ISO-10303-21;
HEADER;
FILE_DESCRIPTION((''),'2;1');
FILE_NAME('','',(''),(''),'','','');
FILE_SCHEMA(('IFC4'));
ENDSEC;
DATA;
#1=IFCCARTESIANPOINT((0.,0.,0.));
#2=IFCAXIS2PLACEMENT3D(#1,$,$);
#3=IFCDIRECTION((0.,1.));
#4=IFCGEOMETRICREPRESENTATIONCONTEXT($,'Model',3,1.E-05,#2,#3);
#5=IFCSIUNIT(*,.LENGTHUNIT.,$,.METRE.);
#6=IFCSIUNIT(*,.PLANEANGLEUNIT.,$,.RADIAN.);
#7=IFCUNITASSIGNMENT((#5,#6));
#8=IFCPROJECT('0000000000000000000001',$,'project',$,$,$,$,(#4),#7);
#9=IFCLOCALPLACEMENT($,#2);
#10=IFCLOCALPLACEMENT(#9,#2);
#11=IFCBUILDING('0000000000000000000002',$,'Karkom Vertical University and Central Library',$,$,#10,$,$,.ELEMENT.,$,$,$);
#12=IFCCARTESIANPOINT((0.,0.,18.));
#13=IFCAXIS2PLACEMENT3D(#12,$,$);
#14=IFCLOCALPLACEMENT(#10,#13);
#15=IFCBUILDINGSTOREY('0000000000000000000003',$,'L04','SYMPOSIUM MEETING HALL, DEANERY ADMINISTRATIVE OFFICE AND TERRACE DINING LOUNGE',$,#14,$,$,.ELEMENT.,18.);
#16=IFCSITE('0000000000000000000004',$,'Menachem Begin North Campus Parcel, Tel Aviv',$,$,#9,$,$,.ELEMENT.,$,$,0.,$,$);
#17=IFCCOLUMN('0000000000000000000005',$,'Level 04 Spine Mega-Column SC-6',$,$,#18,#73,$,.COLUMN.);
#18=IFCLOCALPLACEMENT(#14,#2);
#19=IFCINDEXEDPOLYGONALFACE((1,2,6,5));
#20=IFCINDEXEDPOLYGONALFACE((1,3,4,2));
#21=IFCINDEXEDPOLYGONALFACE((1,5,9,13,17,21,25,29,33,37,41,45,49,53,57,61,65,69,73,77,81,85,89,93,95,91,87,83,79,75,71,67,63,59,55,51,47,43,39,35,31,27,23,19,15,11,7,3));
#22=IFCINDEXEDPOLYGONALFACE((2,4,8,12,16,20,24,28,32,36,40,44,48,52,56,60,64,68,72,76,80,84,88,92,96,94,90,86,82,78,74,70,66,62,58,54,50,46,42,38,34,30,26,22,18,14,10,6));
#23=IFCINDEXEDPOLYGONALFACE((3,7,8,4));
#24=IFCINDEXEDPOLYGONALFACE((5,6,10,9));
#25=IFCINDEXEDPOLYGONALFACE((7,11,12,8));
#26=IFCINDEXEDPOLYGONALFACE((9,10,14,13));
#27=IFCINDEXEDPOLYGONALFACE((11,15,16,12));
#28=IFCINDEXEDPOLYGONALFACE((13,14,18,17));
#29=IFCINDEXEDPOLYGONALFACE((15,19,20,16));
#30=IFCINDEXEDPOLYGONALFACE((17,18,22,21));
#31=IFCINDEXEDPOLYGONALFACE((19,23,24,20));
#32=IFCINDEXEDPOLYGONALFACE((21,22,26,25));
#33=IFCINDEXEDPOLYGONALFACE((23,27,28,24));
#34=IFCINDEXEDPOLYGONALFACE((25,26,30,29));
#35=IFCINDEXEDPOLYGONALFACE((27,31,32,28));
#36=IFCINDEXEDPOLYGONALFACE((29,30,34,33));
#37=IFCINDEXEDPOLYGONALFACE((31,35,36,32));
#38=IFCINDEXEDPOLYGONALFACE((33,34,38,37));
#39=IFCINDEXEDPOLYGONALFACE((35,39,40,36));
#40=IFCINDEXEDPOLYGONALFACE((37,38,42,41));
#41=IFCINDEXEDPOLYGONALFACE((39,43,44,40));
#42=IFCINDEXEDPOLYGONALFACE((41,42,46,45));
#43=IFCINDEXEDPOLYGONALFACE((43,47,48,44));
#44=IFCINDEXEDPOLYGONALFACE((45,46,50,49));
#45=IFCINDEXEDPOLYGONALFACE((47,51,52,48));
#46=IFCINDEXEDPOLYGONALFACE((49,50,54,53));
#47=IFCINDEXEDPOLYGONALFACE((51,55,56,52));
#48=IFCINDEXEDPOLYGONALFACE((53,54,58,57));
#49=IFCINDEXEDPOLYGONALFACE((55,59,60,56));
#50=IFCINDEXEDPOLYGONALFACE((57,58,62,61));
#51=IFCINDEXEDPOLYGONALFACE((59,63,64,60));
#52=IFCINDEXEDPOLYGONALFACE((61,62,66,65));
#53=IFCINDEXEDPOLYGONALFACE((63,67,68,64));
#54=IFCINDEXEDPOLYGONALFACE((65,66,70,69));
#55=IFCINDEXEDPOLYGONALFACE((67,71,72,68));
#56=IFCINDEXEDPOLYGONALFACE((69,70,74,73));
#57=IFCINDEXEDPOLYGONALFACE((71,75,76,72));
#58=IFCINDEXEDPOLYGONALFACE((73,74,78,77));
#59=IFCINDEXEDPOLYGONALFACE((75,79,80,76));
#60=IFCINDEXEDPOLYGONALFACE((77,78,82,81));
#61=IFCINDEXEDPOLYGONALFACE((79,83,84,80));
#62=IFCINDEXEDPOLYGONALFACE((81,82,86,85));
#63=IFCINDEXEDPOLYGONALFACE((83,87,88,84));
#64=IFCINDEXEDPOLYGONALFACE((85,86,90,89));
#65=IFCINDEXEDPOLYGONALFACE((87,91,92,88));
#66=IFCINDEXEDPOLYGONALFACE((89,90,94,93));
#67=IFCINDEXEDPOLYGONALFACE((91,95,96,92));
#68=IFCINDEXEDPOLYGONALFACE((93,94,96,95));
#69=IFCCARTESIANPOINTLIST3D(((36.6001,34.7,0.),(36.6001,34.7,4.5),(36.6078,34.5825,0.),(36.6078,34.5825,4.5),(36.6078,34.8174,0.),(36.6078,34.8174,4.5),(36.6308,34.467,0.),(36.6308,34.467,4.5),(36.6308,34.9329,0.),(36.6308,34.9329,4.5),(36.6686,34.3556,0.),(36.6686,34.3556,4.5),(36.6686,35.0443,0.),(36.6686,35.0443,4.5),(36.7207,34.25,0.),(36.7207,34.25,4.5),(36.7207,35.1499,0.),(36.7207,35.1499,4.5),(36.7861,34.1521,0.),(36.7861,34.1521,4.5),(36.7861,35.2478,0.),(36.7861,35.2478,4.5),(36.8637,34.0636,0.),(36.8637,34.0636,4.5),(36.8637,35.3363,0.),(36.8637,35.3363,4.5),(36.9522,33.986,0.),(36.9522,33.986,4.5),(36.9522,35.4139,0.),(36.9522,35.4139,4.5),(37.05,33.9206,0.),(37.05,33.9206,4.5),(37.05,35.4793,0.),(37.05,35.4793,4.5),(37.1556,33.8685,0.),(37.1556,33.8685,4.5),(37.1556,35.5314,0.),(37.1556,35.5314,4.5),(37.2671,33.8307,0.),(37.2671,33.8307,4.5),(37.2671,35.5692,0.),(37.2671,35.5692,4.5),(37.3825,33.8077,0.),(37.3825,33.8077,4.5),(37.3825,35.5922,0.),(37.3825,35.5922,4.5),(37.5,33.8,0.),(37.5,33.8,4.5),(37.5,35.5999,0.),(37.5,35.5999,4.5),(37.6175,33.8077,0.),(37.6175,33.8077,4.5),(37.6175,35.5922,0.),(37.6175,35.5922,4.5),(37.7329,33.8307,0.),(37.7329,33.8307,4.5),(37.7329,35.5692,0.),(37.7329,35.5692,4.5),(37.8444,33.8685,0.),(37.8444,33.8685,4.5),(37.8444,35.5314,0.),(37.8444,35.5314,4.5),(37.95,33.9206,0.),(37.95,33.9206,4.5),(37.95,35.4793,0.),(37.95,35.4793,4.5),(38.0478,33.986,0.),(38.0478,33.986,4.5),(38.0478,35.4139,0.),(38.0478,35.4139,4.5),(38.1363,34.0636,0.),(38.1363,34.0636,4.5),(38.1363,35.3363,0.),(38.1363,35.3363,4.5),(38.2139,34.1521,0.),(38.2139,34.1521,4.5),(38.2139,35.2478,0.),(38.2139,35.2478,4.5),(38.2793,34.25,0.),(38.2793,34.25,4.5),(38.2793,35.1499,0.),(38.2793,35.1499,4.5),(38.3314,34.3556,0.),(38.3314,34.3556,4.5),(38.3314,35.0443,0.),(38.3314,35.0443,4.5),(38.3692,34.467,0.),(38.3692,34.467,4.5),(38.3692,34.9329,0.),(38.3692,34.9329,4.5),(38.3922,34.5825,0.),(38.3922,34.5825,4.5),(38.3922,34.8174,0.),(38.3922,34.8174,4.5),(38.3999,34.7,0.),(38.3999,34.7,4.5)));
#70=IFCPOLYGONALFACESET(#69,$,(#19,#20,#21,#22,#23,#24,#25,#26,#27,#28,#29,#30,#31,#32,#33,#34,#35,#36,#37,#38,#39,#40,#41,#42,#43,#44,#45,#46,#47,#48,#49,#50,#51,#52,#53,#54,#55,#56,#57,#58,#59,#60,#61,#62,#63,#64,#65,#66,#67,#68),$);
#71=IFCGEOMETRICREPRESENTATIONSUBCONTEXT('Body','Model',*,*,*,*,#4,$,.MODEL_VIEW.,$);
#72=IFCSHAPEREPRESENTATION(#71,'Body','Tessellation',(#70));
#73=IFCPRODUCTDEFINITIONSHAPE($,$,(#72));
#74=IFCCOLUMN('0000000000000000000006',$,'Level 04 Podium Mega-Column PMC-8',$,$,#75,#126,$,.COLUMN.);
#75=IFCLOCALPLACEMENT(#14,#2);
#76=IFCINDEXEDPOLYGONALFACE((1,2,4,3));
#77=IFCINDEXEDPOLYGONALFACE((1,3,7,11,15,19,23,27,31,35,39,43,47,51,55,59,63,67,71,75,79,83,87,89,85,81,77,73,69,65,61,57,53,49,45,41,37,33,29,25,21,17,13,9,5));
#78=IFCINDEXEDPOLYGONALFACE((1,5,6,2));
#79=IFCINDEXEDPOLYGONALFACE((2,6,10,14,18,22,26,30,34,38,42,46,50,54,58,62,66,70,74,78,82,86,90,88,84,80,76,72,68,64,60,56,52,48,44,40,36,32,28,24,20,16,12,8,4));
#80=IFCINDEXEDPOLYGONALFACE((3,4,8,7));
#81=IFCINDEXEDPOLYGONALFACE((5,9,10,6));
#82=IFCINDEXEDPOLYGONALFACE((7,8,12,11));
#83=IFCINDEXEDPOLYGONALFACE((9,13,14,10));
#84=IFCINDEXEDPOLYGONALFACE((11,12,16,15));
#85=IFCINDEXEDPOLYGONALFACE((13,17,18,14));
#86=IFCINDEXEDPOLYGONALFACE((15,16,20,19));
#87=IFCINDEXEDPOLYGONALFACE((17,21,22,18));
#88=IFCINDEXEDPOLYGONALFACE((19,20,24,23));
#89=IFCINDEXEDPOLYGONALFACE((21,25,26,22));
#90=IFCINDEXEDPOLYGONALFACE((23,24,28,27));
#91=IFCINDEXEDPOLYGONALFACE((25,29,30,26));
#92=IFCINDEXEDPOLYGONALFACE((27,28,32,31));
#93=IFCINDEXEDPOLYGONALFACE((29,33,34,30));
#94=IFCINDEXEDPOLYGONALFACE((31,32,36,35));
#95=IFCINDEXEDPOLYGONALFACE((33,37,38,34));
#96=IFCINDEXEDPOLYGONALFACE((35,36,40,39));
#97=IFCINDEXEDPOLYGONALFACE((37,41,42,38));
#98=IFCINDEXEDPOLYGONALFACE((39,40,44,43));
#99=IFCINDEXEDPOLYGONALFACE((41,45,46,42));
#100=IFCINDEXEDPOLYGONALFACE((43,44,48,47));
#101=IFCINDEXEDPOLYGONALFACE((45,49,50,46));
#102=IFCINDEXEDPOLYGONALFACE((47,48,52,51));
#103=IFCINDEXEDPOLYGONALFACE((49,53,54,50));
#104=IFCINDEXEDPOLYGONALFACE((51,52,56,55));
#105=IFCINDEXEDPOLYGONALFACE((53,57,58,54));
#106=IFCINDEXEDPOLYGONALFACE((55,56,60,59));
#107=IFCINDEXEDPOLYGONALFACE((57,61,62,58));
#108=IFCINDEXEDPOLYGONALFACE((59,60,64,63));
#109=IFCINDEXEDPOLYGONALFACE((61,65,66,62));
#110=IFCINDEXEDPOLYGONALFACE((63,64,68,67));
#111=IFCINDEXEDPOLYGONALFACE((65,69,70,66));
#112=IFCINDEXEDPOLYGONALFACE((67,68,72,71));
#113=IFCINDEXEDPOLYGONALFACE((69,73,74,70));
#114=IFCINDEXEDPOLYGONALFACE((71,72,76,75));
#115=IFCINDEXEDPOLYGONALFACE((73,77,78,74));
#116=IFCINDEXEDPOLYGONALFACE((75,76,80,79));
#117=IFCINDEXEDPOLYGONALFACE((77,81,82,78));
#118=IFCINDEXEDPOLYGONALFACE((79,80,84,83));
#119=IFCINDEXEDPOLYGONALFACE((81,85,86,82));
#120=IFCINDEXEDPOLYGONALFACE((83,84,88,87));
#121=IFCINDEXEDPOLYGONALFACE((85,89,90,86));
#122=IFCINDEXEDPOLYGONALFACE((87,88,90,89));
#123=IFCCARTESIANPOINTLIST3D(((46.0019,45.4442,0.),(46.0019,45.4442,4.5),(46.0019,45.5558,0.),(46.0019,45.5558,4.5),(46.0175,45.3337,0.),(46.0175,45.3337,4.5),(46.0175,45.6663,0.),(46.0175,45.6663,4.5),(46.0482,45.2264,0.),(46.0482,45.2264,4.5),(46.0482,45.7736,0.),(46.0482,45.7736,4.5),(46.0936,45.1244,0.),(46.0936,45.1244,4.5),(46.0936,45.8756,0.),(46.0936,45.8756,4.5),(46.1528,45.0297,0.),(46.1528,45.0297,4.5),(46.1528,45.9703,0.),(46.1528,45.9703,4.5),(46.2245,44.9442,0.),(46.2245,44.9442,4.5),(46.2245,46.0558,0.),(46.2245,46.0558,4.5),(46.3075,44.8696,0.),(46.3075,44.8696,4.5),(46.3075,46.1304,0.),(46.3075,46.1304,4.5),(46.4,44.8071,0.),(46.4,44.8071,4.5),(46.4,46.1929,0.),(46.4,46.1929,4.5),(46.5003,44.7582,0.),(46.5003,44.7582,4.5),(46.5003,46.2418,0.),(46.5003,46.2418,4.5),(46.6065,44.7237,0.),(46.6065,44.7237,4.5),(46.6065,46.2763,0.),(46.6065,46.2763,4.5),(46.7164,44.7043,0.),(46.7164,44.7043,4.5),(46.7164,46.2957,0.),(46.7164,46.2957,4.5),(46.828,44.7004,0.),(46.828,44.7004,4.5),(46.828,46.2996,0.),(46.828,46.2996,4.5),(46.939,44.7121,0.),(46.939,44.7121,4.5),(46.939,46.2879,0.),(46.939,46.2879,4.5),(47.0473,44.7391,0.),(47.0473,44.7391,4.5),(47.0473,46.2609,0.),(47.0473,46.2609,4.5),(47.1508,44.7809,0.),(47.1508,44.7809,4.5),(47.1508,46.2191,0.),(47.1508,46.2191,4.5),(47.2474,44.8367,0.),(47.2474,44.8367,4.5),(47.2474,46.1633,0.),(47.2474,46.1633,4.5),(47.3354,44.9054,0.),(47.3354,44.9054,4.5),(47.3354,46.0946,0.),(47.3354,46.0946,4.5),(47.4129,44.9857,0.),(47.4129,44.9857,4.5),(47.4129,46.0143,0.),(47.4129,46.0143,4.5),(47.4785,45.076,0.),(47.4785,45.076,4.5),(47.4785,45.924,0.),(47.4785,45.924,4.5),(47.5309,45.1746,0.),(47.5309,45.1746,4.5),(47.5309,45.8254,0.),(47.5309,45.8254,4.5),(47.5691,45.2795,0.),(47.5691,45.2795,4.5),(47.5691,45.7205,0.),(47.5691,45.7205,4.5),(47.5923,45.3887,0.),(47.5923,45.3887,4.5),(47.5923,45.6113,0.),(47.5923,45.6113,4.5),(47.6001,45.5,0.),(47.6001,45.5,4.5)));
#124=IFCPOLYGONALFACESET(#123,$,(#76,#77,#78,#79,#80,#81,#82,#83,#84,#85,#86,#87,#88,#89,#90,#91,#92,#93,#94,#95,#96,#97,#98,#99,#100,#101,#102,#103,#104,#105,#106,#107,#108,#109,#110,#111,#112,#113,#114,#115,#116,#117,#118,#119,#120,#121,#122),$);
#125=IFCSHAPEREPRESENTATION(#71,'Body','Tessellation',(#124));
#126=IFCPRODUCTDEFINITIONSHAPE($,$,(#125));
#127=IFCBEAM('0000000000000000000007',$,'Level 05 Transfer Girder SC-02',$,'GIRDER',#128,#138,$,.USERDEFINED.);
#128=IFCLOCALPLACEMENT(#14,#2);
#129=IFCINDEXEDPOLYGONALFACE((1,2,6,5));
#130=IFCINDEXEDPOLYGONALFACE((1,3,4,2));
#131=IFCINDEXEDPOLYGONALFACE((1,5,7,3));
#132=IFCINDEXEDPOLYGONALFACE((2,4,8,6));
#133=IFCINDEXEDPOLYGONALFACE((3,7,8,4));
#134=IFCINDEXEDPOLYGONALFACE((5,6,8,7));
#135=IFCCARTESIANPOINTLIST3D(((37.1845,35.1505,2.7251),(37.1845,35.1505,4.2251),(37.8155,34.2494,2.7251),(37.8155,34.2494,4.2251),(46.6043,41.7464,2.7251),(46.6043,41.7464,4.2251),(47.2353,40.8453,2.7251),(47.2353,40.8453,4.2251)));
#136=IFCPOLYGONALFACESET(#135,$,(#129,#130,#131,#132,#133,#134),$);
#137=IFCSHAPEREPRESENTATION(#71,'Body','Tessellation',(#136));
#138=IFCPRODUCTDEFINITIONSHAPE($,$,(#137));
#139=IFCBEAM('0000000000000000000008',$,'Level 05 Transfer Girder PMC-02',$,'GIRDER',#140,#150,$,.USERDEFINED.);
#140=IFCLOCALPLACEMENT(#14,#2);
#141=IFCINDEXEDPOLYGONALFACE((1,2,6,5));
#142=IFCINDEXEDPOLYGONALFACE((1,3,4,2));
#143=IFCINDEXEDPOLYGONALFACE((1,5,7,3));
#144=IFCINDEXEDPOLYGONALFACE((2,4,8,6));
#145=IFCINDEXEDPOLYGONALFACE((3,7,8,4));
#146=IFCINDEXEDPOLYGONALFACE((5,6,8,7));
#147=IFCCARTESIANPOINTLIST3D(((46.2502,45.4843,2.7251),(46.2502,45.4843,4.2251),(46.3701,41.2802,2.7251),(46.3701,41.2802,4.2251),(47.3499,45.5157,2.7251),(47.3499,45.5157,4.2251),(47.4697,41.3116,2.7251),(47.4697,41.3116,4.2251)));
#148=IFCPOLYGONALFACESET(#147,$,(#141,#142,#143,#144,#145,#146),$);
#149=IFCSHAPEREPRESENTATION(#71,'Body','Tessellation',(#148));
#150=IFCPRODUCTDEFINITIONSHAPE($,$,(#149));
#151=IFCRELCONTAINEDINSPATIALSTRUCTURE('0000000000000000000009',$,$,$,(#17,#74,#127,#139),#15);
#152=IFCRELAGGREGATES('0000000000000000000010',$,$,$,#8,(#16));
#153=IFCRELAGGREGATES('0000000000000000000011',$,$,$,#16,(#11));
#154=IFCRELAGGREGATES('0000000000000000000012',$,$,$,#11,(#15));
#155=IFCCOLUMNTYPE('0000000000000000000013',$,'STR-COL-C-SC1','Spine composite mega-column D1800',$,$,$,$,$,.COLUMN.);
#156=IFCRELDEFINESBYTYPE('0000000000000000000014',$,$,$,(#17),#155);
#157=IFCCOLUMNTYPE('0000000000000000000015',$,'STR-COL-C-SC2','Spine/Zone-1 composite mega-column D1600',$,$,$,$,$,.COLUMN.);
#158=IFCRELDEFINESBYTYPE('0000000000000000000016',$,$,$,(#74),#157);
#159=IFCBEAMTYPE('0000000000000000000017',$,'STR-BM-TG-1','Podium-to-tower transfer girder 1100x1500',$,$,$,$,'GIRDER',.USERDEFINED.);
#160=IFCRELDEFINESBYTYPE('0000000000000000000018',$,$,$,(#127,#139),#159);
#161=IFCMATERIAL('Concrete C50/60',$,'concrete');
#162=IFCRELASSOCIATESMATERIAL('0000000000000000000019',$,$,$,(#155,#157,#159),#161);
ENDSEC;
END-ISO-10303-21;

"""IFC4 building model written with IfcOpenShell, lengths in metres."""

from ifc_helpers import new_model, si_unit, direction, frame, origin, origin_with_axes, origin_2d, place, context, subcontext, project, spatial, rectangle, circle, extrude, source, transform, mapped, material, material_profile, profile_set, type_object, element, save


model = new_model("IFC4")

# Units and contexts
model_context = context("Model", 3, precision=1e-05, world=origin(), true_north=direction((0.0, 1.0)))
body_context = subcontext(model_context, "Body", "Model", "MODEL_VIEW")
ifc_project = project(units=[si_unit("LENGTHUNIT", "METRE"), si_unit("PLANEANGLEUNIT", "RADIAN")], contexts=[model_context])

# Site, building, storey
site_placement = place(None, origin())
site = spatial("IfcSite", under=ifc_project, at=site_placement, Name="Menachem Begin North Campus Parcel, Tel Aviv", CompositionType="ELEMENT", RefElevation=0.0)
building_placement = place(site_placement, origin())
building = spatial("IfcBuilding", under=site, at=building_placement, Name="Karkom Vertical University and Central Library", CompositionType="ELEMENT")
storey_placement = place(building_placement, frame((0.0, 0.0, 18.0)))
storey = spatial("IfcBuildingStorey", under=building, at=storey_placement, Name="L04", Description="SYMPOSIUM MEETING HALL, DEANERY ADMINISTRATIVE OFFICE AND TERRACE DINING LOUNGE", CompositionType="ELEMENT", Elevation=18.0)

# Columns
ifc_material_1 = material(Name="Concrete C50/60", Category="concrete")
ifc_material_profile_1 = material_profile(ifc_material_1, circle(Radius=0.8999, at=origin_2d()), Name="CFT-D1800")
ifc_profile_set_1 = profile_set([ifc_material_profile_1], Name="Concrete C50/60")
column_type_1 = type_object("IfcColumnType", Name="STR-COL-C-SC1", Description="Spine composite mega-column D1800", PredefinedType="COLUMN", material=ifc_profile_set_1)
shared_shape_1 = source(origin_with_axes(), body_context, "Body", "SweptSolid", [
    extrude(circle(Radius=0.8999, at=origin_2d()), origin(), (0.0, 0.0, 1.0), 4.5),
])
column_1_placement = place(storey_placement, frame((37.5, 34.7, 0.0), z_axis=(0.0, 0.0, 1.0), x_axis=(1.0, 0.0, 0.0)))
element("IfcColumn", 1, at=column_1_placement, inside=storey, type_object=column_type_1, Name="Level 04 Spine Mega-Column SC-6", PredefinedType="COLUMN", context=body_context, shape_type="MappedRepresentation", body=[
    mapped(shared_shape_1, transform((0.0, 0.0, 0.0), scale=1.0)),
])
ifc_material_profile_2 = material_profile(ifc_material_1, circle(Radius=0.8, at=origin_2d()), Name="CFT-D1600")
ifc_profile_set_2 = profile_set([ifc_material_profile_2], Name="Concrete C50/60")
column_type_2 = type_object("IfcColumnType", Name="STR-COL-C-SC2", Description="Spine/Zone-1 composite mega-column D1600", PredefinedType="COLUMN", material=ifc_profile_set_2)
shared_shape_2 = source(origin_with_axes(), body_context, "Body", "SweptSolid", [
    extrude(circle(Radius=0.8, at=origin_2d()), origin(), (0.0, 0.0, 1.0), 4.5),
])
column_2_placement = place(storey_placement, frame((46.8, 45.5, 0.0), z_axis=(0.0, 0.0, 1.0), x_axis=(1.0, 0.0, 0.0)))
element("IfcColumn", 2, at=column_2_placement, inside=storey, type_object=column_type_2, Name="Level 04 Podium Mega-Column PMC-8", PredefinedType="COLUMN", context=body_context, shape_type="MappedRepresentation", body=[
    mapped(shared_shape_2, transform((0.0, 0.0, 0.0), scale=1.0)),
])

# Beams
ifc_material_profile_3 = material_profile(ifc_material_1, rectangle(XDim=1.1001, YDim=1.5, at=origin_2d()), Name="TG-1100x1500")
ifc_profile_set_3 = profile_set([ifc_material_profile_3], Name="Concrete C50/60")
beam_type = type_object("IfcBeamType", Name="STR-BM-TG-1", Description="Podium-to-tower transfer girder 1100x1500", ElementType="GIRDER", PredefinedType="USERDEFINED", material=ifc_profile_set_3)
shared_shape_3 = source(origin_with_axes(), body_context, "Body", "SweptSolid", [
    extrude(rectangle(XDim=1.1001, YDim=1.5, at=origin_2d()), origin(), (0.0, 0.0, 1.0), 11.4995),
])
beam_1_placement = place(storey_placement, frame((37.5, 34.7, 3.4751), z_axis=(0.81915, 0.573579, 0.0), x_axis=(-0.573579, 0.81915, 0.0)))
element("IfcBeam", 3, at=beam_1_placement, inside=storey, type_object=beam_type, Name="Level 05 Transfer Girder SC-02", ObjectType="GIRDER", PredefinedType="USERDEFINED", context=body_context, shape_type="MappedRepresentation", body=[
    mapped(shared_shape_3, transform((0.0, 0.0, 0.0), scale=1.0)),
])
shared_shape_4 = source(origin_with_axes(), body_context, "Body", "SweptSolid", [
    extrude(rectangle(XDim=1.1001, YDim=1.5, at=origin_2d()), origin(), (0.0, 0.0, 1.0), 4.2058),
])
beam_2_placement = place(storey_placement, frame((46.8, 45.5, 3.4751), z_axis=(0.028502, -0.999594, 0.0), x_axis=(0.999594, 0.028502, 0.0)))
element("IfcBeam", 4, at=beam_2_placement, inside=storey, type_object=beam_type, Name="Level 05 Transfer Girder PMC-02", ObjectType="GIRDER", PredefinedType="USERDEFINED", context=body_context, shape_type="MappedRepresentation", body=[
    mapped(shared_shape_4, transform((0.0, 0.0, 0.0), scale=1.0)),
])

save(model, "model.ifc")
